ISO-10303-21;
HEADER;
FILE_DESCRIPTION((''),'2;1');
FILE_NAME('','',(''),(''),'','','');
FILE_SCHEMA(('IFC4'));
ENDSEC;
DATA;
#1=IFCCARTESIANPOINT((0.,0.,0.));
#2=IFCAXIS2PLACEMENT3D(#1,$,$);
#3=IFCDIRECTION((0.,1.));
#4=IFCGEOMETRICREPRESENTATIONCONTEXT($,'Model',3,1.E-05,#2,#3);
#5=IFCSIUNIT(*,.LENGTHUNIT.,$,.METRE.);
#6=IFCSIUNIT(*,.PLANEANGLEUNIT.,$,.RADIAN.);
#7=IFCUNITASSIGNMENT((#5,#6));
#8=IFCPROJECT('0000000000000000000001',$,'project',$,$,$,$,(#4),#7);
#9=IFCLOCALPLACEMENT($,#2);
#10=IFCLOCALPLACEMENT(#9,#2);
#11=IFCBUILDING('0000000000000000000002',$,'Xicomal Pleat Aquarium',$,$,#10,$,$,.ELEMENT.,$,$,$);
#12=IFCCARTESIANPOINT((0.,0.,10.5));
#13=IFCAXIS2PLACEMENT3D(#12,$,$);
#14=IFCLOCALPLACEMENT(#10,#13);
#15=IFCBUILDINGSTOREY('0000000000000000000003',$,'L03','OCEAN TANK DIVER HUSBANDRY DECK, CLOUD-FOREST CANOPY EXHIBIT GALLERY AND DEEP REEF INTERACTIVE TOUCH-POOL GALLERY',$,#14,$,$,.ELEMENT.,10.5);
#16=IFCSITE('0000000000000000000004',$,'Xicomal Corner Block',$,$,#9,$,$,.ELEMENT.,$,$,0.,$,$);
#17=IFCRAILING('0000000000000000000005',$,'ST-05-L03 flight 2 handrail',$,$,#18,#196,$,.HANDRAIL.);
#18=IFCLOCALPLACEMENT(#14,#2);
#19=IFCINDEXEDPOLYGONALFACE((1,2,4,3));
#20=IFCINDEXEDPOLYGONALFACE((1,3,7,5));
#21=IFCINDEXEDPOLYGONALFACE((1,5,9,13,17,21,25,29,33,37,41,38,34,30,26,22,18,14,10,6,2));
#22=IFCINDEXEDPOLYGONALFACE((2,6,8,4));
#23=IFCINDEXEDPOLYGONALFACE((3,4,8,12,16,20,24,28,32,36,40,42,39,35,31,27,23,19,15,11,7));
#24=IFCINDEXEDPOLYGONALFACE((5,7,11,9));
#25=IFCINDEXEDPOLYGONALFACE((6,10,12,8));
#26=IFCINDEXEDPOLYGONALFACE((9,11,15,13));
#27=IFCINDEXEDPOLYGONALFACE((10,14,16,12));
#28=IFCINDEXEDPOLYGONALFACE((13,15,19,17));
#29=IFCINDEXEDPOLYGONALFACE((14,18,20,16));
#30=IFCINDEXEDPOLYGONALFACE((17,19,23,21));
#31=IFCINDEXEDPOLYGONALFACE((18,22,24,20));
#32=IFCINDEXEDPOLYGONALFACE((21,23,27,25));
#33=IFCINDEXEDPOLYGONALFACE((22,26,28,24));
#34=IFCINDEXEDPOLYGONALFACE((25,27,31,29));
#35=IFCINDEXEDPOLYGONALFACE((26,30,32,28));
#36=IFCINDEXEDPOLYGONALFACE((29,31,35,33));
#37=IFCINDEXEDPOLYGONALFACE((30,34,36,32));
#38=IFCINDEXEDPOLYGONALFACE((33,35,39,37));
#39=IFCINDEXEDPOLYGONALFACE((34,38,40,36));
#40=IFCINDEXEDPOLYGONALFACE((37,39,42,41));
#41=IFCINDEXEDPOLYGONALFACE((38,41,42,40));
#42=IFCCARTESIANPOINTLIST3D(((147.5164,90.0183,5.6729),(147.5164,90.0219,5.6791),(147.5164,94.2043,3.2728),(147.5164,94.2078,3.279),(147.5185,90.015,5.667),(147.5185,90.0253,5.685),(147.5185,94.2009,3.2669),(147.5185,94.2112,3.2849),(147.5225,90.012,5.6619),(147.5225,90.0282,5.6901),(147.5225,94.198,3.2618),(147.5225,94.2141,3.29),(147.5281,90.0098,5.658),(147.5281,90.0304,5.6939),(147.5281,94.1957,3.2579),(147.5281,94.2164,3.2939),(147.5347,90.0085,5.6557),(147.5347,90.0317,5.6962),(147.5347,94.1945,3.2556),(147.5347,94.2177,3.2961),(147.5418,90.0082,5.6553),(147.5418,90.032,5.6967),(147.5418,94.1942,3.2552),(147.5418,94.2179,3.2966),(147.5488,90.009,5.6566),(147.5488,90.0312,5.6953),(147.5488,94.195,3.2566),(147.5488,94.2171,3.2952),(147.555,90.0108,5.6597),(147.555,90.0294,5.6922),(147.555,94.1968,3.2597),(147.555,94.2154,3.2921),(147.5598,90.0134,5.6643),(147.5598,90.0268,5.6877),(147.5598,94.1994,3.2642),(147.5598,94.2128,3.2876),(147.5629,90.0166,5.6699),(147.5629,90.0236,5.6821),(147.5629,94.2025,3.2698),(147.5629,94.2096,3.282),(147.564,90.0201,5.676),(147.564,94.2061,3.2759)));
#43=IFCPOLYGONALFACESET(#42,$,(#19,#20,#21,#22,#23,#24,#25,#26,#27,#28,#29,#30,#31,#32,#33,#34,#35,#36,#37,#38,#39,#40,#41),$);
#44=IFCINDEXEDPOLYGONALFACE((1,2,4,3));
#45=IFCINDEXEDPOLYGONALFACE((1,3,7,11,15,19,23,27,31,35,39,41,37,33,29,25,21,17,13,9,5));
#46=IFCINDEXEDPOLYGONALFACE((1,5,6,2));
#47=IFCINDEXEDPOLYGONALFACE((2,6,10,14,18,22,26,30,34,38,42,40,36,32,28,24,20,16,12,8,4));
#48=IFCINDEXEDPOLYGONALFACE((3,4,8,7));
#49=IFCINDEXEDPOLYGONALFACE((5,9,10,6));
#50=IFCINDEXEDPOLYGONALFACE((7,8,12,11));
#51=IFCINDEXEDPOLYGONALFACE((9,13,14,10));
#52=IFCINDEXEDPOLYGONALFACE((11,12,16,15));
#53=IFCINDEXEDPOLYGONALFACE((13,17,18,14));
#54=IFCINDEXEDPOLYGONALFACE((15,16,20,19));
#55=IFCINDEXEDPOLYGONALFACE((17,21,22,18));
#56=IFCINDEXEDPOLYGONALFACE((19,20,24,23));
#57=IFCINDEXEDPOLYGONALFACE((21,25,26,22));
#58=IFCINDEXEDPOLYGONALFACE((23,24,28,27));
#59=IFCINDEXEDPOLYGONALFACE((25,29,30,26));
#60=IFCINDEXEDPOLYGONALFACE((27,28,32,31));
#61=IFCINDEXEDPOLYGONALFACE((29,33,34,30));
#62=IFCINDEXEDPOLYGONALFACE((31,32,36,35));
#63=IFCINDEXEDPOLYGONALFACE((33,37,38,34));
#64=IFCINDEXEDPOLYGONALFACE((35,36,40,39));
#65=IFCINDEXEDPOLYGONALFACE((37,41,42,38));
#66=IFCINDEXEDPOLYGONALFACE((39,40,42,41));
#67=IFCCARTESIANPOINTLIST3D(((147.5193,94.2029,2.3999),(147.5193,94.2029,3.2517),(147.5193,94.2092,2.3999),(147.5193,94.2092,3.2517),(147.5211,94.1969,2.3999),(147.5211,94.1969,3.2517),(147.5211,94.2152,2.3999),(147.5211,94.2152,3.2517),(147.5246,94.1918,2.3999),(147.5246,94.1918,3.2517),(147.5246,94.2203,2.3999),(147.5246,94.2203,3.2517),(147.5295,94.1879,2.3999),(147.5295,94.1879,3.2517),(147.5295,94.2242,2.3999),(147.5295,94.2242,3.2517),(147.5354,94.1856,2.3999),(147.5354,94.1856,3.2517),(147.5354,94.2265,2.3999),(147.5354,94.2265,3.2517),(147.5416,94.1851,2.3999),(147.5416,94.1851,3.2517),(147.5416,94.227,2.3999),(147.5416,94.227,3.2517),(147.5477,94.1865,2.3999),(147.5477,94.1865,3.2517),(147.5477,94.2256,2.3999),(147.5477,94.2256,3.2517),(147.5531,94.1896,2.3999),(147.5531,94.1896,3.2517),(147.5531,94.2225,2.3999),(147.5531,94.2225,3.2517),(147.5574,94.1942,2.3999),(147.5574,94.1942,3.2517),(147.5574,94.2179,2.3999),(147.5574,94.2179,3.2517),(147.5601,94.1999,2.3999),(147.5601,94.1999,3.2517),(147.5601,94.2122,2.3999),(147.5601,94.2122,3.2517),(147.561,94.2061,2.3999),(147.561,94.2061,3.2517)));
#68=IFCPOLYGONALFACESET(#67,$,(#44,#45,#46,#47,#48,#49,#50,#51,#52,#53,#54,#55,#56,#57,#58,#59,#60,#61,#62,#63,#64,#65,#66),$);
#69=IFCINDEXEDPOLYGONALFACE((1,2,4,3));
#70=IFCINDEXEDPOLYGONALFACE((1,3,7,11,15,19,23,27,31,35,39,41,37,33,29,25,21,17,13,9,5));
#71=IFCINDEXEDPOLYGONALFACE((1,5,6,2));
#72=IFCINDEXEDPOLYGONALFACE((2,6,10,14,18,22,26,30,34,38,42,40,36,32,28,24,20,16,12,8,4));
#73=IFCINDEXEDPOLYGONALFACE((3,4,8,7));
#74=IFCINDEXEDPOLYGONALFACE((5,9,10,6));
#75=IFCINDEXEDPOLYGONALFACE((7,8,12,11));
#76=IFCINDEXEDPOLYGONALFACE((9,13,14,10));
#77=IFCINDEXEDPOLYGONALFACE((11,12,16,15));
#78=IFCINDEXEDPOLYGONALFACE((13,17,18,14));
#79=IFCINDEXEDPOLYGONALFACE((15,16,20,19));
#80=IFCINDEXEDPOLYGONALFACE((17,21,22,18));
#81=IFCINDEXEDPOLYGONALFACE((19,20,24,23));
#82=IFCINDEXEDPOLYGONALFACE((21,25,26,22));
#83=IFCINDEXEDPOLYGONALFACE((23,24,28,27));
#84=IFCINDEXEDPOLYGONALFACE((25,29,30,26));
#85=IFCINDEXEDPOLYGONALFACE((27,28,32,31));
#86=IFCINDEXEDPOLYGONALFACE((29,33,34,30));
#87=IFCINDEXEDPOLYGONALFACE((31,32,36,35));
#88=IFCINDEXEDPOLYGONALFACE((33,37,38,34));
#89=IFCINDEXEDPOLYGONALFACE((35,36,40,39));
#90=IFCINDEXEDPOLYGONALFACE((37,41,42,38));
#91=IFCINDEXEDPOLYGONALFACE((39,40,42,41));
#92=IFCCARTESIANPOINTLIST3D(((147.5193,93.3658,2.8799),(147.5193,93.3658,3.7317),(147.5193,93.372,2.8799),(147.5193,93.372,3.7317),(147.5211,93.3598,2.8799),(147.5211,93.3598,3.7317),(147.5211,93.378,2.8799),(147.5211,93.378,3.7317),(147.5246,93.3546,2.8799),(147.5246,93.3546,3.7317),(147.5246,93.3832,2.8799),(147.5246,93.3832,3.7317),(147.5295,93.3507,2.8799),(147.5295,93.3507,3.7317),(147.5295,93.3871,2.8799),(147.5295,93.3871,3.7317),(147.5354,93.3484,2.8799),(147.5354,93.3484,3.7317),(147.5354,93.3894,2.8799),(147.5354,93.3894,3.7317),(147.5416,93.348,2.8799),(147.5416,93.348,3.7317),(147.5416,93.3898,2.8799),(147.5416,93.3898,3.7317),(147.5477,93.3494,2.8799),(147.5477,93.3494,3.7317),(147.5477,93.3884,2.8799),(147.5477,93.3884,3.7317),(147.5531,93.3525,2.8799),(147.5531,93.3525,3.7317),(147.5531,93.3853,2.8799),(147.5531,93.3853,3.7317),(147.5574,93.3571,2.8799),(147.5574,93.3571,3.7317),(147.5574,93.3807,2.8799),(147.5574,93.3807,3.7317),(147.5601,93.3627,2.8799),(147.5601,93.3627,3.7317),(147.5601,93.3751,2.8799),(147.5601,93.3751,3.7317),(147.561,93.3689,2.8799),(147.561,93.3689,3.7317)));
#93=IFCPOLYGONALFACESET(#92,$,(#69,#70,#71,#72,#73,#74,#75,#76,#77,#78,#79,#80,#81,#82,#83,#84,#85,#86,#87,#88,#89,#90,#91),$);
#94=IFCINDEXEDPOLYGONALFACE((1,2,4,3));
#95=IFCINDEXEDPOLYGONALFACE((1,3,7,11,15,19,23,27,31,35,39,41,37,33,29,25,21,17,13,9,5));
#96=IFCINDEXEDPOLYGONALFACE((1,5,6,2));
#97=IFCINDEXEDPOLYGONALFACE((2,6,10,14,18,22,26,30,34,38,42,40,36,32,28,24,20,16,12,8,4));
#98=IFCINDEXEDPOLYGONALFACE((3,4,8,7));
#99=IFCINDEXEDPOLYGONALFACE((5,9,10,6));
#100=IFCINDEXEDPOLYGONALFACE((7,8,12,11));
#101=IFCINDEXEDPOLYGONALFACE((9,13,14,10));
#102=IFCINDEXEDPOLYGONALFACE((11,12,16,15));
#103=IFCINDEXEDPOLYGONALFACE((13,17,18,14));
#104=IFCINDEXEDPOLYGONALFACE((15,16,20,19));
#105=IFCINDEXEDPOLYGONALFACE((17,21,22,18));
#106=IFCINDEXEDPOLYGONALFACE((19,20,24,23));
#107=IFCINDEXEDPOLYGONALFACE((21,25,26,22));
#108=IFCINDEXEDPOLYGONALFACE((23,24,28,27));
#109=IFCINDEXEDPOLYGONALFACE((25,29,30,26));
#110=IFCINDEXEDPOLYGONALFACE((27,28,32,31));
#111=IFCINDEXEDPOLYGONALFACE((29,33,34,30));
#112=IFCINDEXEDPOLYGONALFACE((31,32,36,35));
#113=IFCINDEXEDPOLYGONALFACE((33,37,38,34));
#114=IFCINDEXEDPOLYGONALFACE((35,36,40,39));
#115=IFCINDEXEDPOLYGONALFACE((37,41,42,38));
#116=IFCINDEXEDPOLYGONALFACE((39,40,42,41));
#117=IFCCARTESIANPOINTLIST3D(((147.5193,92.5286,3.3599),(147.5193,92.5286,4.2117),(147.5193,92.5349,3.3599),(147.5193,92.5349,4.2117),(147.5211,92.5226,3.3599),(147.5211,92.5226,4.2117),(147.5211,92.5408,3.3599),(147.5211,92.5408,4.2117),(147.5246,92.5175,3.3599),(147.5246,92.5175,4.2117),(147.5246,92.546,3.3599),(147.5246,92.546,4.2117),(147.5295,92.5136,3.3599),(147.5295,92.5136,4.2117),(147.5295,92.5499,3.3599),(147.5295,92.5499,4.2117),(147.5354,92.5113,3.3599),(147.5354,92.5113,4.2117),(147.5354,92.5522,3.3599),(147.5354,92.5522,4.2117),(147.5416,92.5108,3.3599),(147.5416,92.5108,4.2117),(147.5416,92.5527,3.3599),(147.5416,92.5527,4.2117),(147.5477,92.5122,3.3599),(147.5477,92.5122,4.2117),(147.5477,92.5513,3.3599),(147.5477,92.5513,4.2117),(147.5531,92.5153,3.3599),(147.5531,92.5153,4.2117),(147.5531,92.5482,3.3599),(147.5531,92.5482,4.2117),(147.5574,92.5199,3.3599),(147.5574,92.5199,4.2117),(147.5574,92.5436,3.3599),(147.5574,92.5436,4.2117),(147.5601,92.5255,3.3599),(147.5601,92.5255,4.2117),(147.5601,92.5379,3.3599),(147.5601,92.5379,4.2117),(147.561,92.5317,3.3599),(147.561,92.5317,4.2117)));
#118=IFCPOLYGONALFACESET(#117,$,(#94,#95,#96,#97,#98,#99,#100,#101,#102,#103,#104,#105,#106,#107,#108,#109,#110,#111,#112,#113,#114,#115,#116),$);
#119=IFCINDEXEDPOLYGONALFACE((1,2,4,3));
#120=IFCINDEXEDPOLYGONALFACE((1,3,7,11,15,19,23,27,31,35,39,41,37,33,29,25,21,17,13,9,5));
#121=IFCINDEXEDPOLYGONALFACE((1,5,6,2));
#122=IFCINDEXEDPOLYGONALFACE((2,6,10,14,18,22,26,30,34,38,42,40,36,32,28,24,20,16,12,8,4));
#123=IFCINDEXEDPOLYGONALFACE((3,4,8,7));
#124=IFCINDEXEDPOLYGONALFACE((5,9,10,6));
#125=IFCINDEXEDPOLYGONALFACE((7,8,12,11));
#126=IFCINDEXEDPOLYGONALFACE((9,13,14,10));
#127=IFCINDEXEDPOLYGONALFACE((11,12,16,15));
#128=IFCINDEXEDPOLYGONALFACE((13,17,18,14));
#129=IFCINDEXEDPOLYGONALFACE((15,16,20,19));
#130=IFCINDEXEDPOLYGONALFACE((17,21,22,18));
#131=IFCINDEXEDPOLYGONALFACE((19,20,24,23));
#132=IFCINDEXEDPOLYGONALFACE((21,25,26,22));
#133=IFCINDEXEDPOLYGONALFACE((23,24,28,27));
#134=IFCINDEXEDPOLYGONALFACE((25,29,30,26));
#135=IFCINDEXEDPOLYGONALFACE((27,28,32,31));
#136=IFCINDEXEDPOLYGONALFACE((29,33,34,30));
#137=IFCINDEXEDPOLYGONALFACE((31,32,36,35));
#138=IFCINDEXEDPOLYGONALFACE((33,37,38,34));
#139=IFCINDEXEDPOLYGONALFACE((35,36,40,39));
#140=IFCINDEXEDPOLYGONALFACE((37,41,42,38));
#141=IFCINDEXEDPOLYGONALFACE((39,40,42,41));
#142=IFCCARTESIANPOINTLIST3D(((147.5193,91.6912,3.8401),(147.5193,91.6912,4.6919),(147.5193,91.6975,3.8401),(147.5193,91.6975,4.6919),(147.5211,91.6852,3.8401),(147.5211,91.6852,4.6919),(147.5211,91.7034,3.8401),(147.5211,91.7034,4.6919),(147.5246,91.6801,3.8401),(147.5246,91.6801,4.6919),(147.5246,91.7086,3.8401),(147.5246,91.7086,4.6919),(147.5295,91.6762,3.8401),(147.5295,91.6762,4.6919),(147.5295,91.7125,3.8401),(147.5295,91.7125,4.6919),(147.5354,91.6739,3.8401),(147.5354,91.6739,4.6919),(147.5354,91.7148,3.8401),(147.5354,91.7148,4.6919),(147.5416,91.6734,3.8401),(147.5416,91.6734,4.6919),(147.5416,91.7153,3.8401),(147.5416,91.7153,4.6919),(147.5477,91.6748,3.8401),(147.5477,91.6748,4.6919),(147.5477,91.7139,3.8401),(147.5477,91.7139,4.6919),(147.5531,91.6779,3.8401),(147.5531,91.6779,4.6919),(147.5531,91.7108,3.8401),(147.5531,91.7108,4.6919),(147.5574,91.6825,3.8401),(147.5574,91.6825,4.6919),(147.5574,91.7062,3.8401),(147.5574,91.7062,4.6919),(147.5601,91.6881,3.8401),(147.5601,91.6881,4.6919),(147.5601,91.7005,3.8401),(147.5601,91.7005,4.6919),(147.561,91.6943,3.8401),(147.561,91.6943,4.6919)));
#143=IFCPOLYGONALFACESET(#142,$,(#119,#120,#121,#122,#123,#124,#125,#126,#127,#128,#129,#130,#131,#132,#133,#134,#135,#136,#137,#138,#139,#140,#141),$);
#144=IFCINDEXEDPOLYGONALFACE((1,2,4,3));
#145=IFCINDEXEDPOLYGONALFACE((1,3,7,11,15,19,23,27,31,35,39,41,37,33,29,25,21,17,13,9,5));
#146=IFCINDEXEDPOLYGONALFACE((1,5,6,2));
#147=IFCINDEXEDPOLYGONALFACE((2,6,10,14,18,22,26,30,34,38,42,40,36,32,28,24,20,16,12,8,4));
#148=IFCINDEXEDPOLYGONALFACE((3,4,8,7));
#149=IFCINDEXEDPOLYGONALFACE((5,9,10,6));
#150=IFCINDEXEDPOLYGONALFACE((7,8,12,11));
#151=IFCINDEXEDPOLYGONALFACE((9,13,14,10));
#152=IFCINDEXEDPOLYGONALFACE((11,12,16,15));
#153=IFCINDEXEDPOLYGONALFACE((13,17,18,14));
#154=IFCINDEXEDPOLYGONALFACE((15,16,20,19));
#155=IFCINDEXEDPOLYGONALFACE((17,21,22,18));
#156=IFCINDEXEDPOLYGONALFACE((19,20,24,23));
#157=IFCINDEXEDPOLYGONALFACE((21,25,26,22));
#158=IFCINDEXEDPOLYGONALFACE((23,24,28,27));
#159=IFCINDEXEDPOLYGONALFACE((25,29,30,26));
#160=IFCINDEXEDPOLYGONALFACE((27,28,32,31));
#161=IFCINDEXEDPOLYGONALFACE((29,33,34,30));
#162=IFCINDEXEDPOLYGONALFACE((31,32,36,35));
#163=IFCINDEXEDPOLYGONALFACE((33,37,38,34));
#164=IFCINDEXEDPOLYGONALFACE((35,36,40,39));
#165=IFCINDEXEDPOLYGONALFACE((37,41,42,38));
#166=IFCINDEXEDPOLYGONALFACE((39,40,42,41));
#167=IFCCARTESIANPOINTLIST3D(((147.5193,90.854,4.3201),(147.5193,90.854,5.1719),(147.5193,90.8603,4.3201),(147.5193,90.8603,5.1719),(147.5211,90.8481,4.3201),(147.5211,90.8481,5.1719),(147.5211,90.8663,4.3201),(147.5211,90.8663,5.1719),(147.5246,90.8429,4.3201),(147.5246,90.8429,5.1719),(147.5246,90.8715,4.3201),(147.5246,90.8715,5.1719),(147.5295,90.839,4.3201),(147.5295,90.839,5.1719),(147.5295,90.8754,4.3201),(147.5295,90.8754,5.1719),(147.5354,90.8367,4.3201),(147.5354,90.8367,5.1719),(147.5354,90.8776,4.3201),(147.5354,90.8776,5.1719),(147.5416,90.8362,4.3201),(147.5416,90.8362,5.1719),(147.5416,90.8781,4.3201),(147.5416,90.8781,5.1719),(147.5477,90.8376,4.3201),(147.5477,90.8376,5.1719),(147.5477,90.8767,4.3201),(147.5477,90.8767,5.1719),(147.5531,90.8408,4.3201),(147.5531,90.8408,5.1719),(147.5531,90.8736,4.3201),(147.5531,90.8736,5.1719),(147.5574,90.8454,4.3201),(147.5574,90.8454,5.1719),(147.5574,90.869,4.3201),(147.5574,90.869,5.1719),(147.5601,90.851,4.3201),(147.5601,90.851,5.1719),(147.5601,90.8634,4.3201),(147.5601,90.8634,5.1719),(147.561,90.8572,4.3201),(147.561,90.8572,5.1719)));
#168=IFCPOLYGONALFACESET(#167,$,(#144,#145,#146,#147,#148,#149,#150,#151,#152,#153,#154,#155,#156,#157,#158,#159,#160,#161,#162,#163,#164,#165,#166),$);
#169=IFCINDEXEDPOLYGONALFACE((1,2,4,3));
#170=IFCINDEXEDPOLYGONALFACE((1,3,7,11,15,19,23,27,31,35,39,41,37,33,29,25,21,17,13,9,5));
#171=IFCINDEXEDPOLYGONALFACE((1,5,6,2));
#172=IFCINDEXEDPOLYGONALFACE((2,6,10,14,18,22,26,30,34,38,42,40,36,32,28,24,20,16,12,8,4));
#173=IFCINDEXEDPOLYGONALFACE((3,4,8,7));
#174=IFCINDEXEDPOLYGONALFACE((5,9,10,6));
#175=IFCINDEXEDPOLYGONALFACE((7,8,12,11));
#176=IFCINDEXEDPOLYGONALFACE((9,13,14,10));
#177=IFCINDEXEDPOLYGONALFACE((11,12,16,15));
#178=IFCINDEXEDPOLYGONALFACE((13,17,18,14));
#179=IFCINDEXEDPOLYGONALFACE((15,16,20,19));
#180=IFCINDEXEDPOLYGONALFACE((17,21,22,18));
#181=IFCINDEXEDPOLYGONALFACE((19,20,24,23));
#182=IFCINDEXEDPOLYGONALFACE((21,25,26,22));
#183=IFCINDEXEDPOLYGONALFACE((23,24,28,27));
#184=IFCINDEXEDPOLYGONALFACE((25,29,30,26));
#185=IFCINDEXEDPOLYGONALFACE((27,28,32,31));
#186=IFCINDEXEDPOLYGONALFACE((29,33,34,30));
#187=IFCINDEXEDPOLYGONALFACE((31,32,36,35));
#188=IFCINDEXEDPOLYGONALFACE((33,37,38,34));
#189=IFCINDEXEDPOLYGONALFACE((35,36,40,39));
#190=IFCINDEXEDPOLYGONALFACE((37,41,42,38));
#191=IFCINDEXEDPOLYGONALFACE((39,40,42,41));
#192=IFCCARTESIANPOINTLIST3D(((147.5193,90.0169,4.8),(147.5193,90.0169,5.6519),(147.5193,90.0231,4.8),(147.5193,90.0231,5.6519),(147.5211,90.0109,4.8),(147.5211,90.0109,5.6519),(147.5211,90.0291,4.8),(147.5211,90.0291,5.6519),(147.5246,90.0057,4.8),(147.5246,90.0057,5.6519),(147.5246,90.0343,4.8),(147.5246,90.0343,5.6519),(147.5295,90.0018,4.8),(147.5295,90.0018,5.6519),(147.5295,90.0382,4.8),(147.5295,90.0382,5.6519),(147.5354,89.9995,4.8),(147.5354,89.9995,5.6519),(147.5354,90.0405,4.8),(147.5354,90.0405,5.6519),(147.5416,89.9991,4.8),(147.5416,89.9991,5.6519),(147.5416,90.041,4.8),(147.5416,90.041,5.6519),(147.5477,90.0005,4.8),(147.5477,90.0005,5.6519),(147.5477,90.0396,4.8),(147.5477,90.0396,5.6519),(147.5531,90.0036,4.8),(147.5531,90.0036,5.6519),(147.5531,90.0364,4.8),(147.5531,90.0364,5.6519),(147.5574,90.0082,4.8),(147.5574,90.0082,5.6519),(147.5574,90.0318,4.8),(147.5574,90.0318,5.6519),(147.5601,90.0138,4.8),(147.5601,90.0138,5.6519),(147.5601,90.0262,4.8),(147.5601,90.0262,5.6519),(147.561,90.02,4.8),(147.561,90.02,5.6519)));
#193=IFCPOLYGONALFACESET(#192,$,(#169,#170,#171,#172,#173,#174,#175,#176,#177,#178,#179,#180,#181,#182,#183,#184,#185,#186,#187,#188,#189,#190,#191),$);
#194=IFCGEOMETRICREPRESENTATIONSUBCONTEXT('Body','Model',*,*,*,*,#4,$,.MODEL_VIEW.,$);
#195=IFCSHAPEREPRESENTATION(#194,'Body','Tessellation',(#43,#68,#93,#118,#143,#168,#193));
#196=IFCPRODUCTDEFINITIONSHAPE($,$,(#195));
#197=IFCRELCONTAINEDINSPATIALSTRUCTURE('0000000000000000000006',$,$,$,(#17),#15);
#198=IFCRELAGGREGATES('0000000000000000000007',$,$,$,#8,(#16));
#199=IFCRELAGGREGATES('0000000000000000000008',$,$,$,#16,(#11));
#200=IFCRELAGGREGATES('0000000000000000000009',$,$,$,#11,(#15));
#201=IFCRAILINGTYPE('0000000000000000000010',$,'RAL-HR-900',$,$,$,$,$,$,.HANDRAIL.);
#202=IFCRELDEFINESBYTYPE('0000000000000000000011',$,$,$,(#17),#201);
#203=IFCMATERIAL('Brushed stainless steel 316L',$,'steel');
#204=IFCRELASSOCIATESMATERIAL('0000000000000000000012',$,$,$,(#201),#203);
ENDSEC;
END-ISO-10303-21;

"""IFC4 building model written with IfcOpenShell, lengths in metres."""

from ifc_helpers import new_model, si_unit, direction, frame, origin, origin_2d, place, context, subcontext, project, spatial, circle, extrude, material, type_object, element, save


model = new_model("IFC4")

# Units and contexts
model_context = context("Model", 3, precision=1e-05, world=origin(), true_north=direction((0.0, 1.0)))
body_context = subcontext(model_context, "Body", "Model", "MODEL_VIEW")
ifc_project = project(units=[si_unit("LENGTHUNIT", "METRE"), si_unit("PLANEANGLEUNIT", "RADIAN")], contexts=[model_context])

# Site, building, storey
site_placement = place(None, origin())
site = spatial("IfcSite", under=ifc_project, at=site_placement, Name="Xicomal Corner Block", CompositionType="ELEMENT", RefElevation=0.0)
building_placement = place(site_placement, origin())
building = spatial("IfcBuilding", under=site, at=building_placement, Name="Xicomal Pleat Aquarium", CompositionType="ELEMENT")
storey_placement = place(building_placement, frame((0.0, 0.0, 10.5)))
storey = spatial("IfcBuildingStorey", under=building, at=storey_placement, Name="L03", Description="OCEAN TANK DIVER HUSBANDRY DECK, CLOUD-FOREST CANOPY EXHIBIT GALLERY AND DEEP REEF INTERACTIVE TOUCH-POOL GALLERY", CompositionType="ELEMENT", Elevation=10.5)

# Railing
ifc_material_1 = material(Name="Brushed stainless steel 316L", Category="steel")
railing_type = type_object("IfcRailingType", Name="RAL-HR-900", PredefinedType="HANDRAIL", material=ifc_material_1)
for number, where, name in (
    (1, (147.54, 94.2061, 2.3999), "ST-05-L03 flight 2 handrail"),
):
    element("IfcRailing", number, at=place(storey_placement, frame(where)), inside=storey, type_object=railing_type, Name=name, PredefinedType="HANDRAIL", context=body_context, shape_type="SweptSolid", body=[
        extrude(circle(Radius=0.0239, at=origin_2d()), frame((0.0, 0.0, 0.876), z_axis=(0.0, -0.867517, 0.497408), x_axis=(1.0, 0.0, 0.0)), (0.0, 0.0, 1.0), 4.8252),
        extrude(circle(Radius=0.021, at=origin_2d()), origin(), (0.0, 0.0, 1.0), 0.8518),
        extrude(circle(Radius=0.021, at=origin_2d()), frame((0.0, -0.8372, 0.48)), (0.0, 0.0, 1.0), 0.8518),
        extrude(circle(Radius=0.021, at=origin_2d()), frame((0.0, -1.6743, 0.96)), (0.0, 0.0, 1.0), 0.8518),
        extrude(circle(Radius=0.021, at=origin_2d()), frame((0.0, -2.5117, 1.4402)), (0.0, 0.0, 1.0), 0.8518),
        extrude(circle(Radius=0.021, at=origin_2d()), frame((0.0, -3.3489, 1.9202)), (0.0, 0.0, 1.0), 0.8518),
        extrude(circle(Radius=0.021, at=origin_2d()), frame((0.0, -4.186, 2.4001)), (0.0, 0.0, 1.0), 0.8518),
    ])

save(model, "model.ifc")
